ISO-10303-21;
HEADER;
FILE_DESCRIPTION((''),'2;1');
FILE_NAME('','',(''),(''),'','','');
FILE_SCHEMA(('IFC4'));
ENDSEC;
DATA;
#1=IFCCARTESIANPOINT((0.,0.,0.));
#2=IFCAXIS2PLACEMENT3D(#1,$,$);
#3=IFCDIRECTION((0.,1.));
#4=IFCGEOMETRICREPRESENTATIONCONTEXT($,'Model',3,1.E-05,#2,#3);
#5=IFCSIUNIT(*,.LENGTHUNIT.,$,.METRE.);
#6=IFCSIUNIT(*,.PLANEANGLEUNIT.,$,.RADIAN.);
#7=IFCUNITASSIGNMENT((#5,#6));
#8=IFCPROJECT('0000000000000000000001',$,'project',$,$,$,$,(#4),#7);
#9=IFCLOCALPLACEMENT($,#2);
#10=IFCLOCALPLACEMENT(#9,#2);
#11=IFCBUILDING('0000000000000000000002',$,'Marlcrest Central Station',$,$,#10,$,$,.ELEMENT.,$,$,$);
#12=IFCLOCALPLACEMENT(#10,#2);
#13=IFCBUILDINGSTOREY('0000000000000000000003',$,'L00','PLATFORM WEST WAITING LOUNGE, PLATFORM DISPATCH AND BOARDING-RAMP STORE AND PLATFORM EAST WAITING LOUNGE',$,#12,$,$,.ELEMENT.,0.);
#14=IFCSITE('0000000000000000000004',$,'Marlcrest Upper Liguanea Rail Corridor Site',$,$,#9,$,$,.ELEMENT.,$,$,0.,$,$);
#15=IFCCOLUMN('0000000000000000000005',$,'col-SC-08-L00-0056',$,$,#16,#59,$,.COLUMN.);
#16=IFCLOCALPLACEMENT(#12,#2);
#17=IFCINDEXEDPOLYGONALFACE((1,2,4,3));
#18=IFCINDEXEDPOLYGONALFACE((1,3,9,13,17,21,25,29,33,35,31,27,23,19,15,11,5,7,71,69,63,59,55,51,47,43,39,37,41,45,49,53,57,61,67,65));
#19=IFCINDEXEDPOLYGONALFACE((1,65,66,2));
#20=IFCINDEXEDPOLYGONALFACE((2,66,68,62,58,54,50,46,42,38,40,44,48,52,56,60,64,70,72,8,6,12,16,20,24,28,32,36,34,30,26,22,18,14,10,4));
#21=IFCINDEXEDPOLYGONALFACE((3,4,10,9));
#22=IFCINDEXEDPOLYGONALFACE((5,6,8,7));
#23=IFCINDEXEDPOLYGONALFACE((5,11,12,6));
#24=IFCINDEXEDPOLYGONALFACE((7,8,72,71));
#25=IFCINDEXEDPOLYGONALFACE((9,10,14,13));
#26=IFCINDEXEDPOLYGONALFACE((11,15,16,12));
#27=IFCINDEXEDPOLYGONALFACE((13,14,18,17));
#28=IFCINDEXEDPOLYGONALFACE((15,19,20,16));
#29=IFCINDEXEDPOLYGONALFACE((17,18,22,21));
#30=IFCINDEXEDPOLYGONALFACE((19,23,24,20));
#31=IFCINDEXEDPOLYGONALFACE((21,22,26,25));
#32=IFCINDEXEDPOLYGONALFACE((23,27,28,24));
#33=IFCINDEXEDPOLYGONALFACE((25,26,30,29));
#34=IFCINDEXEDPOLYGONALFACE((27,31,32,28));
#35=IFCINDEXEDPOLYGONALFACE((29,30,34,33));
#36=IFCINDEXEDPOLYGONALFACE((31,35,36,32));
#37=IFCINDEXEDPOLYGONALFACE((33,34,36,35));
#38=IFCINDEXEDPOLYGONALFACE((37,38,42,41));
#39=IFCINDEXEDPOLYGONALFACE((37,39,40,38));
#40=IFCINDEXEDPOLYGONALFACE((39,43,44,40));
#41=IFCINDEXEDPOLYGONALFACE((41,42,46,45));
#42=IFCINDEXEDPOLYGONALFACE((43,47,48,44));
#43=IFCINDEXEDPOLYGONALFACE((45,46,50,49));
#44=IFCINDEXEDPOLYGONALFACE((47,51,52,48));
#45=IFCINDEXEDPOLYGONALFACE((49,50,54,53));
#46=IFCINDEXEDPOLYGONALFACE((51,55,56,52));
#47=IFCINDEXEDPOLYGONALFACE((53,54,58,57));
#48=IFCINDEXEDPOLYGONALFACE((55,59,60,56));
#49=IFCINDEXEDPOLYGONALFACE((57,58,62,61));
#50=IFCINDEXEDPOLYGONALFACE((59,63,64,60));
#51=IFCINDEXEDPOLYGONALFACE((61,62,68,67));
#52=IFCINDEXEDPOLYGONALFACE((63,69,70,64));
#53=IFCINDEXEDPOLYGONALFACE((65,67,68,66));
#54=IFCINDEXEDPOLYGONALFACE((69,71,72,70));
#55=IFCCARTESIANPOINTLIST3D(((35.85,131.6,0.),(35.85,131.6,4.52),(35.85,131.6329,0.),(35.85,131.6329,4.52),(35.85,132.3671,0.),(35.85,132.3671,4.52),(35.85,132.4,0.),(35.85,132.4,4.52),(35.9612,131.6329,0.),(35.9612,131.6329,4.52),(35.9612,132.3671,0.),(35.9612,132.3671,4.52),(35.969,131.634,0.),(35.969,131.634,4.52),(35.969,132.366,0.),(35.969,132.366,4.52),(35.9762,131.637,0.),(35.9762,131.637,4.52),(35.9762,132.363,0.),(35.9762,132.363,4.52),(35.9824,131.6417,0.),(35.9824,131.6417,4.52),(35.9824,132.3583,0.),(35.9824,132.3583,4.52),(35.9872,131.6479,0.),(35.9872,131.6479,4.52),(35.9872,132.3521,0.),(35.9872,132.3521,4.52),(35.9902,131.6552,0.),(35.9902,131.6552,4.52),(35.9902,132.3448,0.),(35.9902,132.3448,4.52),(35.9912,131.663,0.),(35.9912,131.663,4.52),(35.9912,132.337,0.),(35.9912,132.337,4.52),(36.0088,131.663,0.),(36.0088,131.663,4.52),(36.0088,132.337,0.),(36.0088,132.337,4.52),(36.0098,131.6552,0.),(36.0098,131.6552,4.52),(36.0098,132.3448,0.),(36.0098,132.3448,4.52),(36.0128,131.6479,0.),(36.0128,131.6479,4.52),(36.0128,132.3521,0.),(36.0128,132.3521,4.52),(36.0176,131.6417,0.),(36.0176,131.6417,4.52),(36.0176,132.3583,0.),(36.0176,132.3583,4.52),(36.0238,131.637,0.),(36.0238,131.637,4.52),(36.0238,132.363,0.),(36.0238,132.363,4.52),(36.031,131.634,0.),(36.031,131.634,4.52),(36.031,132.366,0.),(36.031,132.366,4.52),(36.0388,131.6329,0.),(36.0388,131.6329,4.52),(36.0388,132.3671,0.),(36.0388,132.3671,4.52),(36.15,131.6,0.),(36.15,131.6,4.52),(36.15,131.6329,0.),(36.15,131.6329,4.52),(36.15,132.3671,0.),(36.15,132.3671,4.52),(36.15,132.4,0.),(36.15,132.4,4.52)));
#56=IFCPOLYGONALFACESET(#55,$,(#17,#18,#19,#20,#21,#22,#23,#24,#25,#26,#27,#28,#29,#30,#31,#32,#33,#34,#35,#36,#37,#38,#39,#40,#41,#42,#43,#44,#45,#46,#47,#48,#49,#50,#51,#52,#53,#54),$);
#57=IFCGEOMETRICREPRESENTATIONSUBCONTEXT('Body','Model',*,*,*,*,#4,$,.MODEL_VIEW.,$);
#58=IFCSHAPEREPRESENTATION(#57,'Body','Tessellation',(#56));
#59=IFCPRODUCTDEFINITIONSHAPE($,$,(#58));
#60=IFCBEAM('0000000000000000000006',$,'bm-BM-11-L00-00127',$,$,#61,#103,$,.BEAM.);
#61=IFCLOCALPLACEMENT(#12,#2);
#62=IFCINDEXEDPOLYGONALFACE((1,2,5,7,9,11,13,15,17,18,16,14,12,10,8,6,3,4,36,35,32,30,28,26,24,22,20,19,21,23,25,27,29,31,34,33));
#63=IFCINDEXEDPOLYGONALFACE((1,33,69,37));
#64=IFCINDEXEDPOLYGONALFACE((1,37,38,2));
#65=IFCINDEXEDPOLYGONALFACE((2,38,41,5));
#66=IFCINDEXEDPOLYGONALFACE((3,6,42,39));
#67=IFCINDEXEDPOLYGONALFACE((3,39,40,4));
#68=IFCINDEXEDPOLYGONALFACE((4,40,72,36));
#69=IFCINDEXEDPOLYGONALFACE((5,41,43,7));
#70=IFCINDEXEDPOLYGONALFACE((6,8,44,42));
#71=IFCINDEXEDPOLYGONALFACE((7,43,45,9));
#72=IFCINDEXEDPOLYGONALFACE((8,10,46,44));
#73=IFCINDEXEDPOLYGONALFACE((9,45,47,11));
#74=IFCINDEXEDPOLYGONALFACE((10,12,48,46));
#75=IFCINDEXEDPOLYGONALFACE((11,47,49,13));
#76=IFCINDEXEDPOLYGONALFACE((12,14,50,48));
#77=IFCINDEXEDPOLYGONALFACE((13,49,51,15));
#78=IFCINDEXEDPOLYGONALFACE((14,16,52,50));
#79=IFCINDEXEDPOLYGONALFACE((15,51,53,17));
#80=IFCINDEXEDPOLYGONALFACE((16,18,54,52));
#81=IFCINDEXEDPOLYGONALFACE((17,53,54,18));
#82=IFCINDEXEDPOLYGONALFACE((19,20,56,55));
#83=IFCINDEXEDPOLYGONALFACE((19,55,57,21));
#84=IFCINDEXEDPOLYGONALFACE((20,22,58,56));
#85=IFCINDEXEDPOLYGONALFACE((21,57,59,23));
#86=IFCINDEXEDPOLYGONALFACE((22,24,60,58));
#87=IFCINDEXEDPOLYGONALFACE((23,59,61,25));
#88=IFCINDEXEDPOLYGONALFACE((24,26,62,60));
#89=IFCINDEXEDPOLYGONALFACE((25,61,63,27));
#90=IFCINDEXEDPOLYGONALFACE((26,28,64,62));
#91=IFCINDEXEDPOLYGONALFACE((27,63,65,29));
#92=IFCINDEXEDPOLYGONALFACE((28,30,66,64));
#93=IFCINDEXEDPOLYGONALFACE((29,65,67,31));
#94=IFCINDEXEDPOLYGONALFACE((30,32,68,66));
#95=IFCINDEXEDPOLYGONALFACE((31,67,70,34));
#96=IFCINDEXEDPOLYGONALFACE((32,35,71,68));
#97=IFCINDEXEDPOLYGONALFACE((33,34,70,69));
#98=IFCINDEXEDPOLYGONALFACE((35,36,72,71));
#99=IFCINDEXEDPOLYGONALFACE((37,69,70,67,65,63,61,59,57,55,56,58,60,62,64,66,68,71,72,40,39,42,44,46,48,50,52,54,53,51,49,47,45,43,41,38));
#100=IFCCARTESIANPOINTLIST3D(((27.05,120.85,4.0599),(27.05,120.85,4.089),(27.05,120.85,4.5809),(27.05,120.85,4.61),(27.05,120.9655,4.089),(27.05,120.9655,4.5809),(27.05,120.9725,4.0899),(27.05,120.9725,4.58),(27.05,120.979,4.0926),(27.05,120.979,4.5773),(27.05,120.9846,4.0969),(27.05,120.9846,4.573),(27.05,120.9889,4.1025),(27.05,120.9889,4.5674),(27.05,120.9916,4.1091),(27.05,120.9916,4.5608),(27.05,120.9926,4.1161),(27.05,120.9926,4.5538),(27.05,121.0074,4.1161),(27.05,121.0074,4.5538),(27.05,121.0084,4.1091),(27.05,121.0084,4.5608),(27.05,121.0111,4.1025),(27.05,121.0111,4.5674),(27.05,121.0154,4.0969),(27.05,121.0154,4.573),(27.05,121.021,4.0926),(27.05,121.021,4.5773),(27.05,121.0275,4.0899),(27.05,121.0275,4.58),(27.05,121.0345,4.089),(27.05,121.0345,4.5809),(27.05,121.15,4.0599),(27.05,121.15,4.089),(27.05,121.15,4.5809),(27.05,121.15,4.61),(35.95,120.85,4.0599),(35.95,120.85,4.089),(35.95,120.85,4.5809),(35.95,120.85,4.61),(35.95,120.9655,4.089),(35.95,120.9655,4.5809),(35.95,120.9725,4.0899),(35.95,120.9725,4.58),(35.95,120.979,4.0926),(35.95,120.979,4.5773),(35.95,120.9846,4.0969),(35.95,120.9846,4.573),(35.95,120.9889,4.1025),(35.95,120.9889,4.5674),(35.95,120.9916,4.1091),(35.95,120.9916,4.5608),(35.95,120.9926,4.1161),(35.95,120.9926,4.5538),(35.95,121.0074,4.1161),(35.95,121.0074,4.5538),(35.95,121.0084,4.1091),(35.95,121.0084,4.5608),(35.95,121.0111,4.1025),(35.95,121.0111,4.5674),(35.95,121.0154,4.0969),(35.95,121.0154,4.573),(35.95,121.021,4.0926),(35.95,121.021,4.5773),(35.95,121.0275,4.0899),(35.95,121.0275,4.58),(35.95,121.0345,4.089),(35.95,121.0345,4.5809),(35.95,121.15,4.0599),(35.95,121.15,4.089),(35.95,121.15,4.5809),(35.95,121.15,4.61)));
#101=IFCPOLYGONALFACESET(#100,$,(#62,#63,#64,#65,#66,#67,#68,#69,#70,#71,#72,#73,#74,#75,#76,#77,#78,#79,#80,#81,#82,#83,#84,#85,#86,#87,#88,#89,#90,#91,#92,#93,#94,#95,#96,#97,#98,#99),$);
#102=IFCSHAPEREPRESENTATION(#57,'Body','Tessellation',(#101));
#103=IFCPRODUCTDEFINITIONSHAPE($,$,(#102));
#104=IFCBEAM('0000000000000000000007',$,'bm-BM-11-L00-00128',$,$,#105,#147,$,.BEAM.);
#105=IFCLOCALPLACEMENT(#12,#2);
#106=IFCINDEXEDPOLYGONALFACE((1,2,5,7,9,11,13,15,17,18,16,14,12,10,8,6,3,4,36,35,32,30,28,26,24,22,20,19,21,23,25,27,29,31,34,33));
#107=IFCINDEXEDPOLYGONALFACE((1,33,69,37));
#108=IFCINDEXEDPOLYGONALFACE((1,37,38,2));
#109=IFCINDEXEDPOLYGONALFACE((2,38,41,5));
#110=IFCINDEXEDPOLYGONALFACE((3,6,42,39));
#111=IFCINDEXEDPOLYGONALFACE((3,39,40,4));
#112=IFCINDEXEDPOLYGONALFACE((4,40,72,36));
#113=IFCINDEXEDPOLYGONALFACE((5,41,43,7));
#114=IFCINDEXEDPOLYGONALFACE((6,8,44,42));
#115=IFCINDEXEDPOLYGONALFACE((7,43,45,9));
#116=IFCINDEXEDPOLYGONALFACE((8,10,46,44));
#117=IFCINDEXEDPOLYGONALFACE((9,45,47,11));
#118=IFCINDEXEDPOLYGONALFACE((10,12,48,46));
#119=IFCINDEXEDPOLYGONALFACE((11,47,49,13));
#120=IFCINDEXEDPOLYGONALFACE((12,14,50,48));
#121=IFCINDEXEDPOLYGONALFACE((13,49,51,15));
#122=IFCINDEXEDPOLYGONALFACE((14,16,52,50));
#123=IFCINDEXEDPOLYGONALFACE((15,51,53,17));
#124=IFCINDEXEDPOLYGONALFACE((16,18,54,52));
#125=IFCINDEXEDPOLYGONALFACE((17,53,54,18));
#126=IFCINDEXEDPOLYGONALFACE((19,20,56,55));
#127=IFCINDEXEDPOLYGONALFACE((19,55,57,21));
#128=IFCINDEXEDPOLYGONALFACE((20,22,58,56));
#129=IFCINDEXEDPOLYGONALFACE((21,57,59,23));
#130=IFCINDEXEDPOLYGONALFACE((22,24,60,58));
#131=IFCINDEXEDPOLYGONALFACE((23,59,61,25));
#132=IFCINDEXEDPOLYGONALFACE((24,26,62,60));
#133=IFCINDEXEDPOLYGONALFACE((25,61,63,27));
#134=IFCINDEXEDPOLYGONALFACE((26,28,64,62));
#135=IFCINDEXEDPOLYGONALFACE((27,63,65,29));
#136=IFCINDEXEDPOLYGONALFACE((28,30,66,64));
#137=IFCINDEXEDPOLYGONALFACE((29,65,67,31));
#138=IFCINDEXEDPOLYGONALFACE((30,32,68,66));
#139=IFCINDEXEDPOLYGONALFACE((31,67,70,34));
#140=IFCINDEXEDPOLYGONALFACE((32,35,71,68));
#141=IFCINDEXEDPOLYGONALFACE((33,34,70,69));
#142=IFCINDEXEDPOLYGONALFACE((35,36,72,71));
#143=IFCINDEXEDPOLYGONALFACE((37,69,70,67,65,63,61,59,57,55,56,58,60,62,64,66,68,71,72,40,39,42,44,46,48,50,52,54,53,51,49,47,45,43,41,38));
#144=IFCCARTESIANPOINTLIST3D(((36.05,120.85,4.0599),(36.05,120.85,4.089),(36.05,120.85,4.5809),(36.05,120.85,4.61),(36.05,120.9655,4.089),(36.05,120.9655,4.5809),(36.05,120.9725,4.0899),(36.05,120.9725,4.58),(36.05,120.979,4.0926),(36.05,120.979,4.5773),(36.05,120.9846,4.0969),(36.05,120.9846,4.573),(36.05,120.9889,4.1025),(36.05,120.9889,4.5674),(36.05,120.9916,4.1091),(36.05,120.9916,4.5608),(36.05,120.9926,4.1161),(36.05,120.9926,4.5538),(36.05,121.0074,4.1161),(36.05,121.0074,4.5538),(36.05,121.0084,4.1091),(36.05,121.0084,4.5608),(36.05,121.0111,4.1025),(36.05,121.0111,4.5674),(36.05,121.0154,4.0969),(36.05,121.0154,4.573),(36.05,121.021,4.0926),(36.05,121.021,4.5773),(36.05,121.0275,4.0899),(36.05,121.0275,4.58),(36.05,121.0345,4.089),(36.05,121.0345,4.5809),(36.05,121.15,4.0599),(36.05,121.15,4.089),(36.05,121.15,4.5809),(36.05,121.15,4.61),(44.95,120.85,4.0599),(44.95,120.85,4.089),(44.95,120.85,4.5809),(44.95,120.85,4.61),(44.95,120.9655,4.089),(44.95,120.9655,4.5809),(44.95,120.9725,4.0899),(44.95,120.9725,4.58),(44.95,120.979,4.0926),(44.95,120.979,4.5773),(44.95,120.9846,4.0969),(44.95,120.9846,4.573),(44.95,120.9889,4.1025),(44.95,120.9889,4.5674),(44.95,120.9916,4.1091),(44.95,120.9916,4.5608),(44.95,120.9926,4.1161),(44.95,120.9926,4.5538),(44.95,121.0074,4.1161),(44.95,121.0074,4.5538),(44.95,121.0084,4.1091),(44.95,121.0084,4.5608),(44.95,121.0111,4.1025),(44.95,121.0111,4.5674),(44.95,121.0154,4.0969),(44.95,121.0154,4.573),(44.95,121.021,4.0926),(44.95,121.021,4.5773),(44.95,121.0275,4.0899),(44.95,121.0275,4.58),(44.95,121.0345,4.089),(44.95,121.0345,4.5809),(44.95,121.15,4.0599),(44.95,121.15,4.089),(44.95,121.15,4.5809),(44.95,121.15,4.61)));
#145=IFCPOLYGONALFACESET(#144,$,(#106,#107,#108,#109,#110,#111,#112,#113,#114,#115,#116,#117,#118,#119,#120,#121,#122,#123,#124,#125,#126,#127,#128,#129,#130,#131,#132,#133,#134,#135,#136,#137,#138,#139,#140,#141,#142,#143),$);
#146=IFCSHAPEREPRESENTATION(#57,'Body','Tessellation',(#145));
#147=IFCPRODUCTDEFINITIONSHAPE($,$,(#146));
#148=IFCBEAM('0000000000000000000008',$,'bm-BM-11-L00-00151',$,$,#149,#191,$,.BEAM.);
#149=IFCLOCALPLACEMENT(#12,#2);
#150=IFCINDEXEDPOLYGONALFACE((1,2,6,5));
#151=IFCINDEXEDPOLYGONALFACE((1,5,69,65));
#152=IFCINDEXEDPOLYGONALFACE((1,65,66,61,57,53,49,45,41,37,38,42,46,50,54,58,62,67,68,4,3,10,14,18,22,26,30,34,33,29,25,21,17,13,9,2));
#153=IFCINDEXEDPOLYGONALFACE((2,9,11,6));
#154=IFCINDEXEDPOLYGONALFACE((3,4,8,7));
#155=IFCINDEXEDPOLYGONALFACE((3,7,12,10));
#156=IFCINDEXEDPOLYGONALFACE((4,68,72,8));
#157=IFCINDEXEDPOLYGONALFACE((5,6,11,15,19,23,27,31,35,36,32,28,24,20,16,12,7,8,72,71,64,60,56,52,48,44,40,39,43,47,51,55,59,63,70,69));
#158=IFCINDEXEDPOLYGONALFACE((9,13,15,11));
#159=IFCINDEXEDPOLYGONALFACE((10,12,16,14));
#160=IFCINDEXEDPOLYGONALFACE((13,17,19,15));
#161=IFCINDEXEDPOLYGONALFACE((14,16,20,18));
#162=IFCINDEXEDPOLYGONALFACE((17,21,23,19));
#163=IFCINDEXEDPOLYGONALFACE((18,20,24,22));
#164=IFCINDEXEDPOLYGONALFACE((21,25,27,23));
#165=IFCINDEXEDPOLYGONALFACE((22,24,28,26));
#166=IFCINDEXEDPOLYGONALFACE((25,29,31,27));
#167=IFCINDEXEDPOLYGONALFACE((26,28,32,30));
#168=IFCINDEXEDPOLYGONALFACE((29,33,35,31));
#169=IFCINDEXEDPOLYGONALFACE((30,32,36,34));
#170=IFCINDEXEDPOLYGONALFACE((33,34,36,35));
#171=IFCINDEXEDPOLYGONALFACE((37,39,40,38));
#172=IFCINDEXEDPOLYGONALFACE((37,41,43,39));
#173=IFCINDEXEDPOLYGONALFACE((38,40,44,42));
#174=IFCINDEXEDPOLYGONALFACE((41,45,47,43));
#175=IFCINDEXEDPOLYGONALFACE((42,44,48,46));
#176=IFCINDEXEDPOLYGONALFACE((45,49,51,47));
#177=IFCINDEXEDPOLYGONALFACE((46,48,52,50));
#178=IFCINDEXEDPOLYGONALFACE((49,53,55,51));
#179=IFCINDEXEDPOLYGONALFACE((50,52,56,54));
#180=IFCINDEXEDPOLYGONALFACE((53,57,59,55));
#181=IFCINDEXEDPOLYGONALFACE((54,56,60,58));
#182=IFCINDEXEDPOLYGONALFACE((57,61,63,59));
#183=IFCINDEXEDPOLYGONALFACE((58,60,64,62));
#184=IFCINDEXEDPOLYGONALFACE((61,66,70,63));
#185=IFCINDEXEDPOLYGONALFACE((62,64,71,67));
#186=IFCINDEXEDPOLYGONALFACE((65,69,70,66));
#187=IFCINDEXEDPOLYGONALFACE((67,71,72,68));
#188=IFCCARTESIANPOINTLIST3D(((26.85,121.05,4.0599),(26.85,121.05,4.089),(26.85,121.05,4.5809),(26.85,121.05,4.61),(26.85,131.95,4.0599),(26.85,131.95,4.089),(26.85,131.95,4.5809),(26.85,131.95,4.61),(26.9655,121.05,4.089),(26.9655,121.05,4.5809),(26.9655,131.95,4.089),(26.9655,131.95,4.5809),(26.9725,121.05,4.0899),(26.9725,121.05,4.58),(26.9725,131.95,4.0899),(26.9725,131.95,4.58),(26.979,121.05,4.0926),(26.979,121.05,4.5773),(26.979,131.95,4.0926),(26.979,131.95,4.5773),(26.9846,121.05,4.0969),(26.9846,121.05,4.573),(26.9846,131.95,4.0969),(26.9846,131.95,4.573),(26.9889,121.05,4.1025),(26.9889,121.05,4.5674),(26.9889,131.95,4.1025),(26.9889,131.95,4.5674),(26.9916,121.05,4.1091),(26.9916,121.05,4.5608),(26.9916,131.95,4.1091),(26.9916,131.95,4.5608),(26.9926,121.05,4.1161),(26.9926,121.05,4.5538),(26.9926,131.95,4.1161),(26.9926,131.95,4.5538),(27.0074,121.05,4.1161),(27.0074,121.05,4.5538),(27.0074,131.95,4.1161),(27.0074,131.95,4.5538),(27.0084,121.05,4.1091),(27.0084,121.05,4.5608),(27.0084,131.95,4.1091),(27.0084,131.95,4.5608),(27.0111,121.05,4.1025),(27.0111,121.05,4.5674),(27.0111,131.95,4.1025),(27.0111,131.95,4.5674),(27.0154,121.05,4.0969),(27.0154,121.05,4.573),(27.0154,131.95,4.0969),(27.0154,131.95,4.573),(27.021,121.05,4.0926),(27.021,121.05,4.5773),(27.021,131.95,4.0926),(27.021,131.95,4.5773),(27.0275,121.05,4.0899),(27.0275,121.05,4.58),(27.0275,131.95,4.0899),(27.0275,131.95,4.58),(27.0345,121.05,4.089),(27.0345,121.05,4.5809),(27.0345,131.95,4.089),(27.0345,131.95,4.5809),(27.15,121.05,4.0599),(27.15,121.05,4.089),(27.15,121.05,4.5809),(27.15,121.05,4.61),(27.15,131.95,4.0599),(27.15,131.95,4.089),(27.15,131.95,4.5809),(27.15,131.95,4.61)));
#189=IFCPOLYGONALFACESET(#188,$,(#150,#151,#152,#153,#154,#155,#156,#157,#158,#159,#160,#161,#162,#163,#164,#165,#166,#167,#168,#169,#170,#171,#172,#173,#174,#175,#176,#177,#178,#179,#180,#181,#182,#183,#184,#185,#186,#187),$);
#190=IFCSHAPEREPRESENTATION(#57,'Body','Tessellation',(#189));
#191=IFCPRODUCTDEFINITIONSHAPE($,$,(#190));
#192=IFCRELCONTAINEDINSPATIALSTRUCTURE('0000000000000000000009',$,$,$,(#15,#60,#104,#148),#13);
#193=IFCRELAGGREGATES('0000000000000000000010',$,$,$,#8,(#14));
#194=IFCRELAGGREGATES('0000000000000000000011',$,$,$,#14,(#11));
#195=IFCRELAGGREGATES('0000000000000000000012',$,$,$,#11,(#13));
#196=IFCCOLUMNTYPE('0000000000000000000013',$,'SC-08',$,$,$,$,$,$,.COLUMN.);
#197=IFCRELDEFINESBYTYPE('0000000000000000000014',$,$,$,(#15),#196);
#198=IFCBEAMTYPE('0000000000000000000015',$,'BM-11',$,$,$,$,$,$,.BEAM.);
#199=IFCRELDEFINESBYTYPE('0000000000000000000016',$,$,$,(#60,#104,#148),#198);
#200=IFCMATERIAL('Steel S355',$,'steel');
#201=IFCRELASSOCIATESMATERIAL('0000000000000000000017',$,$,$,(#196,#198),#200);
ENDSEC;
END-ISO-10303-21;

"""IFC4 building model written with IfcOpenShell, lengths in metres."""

from ifc_helpers import new_model, si_unit, direction, frame, origin, origin_2d, place, context, subcontext, project, spatial, i_section, extrude, material, material_profile, profile_set, type_object, element, save


model = new_model("IFC4")

# Units and contexts
model_context = context("Model", 3, precision=1e-05, world=origin(), true_north=direction((0.0, 1.0)))
body_context = subcontext(model_context, "Body", "Model", "MODEL_VIEW")
ifc_project = project(units=[si_unit("LENGTHUNIT", "METRE"), si_unit("PLANEANGLEUNIT", "RADIAN")], contexts=[model_context])

# Site, building, storey
site_placement = place(None, origin())
site = spatial("IfcSite", under=ifc_project, at=site_placement, Name="Marlcrest Upper Liguanea Rail Corridor Site", CompositionType="ELEMENT", RefElevation=0.0)
building_placement = place(site_placement, origin())
building = spatial("IfcBuilding", under=site, at=building_placement, Name="Marlcrest Central Station", CompositionType="ELEMENT")
storey_placement = place(building_placement, origin())
storey = spatial("IfcBuildingStorey", under=building, at=storey_placement, Name="L00", Description="PLATFORM WEST WAITING LOUNGE, PLATFORM DISPATCH AND BOARDING-RAMP STORE AND PLATFORM EAST WAITING LOUNGE", CompositionType="ELEMENT", Elevation=0.0)

# Column
ifc_material_1 = material(Name="Steel S355", Category="steel")
ifc_material_profile_1 = material_profile(ifc_material_1, i_section(OverallWidth=0.3, OverallDepth=0.8, WebThickness=0.0176, FlangeThickness=0.033, FilletRadius=0.03, at=origin_2d()), Name="HEB 800")
ifc_profile_set_1 = profile_set([ifc_material_profile_1], Name="Steel S355")
column_type_1 = type_object("IfcColumnType", Name="SC-08", PredefinedType="COLUMN", material=ifc_profile_set_1)
column_1_placement = place(storey_placement, frame((36.0, 132.0, 0.0), z_axis=(0.0, 0.0, 1.0), x_axis=(1.0, 0.0, 0.0)))
element("IfcColumn", 1, at=column_1_placement, inside=storey, type_object=column_type_1, Name="col-SC-08-L00-0056", PredefinedType="COLUMN", context=body_context, shape_type="SweptSolid", body=[
    extrude(i_section(OverallWidth=0.3, OverallDepth=0.8, WebThickness=0.0176, FlangeThickness=0.033, FilletRadius=0.03, at=origin_2d()), origin(), (0.0, 0.0, 1.0), 4.52),
])

# Beams
ifc_material_profile_2 = material_profile(ifc_material_1, i_section(OverallWidth=0.3, OverallDepth=0.55, WebThickness=0.0149, FlangeThickness=0.0291, FilletRadius=0.0271, at=origin_2d()), Name="HEB 550")
ifc_profile_set_2 = profile_set([ifc_material_profile_2], Name="Steel S355")
beam_type_1 = type_object("IfcBeamType", Name="BM-11", PredefinedType="BEAM", material=ifc_profile_set_2)
for number, where, z_axis, x_axis, name in (
    (2, (27.05, 121.0, 4.335), (1.0, 0.0, 0.0), (0.0, 1.0, 0.0), "bm-BM-11-L00-00127"),
    (3, (36.05, 121.0, 4.335), (1.0, 0.0, 0.0), (0.0, 1.0, 0.0), "bm-BM-11-L00-00128"),
):
    element("IfcBeam", number, at=place(storey_placement, frame(where, z_axis=z_axis, x_axis=x_axis)), inside=storey, type_object=beam_type_1, Name=name, PredefinedType="BEAM", context=body_context, shape_type="SweptSolid", body=[
        extrude(i_section(OverallWidth=0.3, OverallDepth=0.55, WebThickness=0.0149, FlangeThickness=0.0291, FilletRadius=0.0271, at=origin_2d()), origin(), (0.0, 0.0, 1.0), 8.8999),
    ])
for number, where, z_axis, x_axis, name in (
    (4, (27.0, 121.05, 4.335), (0.0, 1.0, 0.0), (-1.0, 0.0, 0.0), "bm-BM-11-L00-00151"),
):
    element("IfcBeam", number, at=place(storey_placement, frame(where, z_axis=z_axis, x_axis=x_axis)), inside=storey, type_object=beam_type_1, Name=name, PredefinedType="BEAM", context=body_context, shape_type="SweptSolid", body=[
        extrude(i_section(OverallWidth=0.3, OverallDepth=0.55, WebThickness=0.0149, FlangeThickness=0.0291, FilletRadius=0.0271, at=origin_2d()), origin(), (0.0, 0.0, 1.0), 10.8999),
    ])

save(model, "model.ifc")
